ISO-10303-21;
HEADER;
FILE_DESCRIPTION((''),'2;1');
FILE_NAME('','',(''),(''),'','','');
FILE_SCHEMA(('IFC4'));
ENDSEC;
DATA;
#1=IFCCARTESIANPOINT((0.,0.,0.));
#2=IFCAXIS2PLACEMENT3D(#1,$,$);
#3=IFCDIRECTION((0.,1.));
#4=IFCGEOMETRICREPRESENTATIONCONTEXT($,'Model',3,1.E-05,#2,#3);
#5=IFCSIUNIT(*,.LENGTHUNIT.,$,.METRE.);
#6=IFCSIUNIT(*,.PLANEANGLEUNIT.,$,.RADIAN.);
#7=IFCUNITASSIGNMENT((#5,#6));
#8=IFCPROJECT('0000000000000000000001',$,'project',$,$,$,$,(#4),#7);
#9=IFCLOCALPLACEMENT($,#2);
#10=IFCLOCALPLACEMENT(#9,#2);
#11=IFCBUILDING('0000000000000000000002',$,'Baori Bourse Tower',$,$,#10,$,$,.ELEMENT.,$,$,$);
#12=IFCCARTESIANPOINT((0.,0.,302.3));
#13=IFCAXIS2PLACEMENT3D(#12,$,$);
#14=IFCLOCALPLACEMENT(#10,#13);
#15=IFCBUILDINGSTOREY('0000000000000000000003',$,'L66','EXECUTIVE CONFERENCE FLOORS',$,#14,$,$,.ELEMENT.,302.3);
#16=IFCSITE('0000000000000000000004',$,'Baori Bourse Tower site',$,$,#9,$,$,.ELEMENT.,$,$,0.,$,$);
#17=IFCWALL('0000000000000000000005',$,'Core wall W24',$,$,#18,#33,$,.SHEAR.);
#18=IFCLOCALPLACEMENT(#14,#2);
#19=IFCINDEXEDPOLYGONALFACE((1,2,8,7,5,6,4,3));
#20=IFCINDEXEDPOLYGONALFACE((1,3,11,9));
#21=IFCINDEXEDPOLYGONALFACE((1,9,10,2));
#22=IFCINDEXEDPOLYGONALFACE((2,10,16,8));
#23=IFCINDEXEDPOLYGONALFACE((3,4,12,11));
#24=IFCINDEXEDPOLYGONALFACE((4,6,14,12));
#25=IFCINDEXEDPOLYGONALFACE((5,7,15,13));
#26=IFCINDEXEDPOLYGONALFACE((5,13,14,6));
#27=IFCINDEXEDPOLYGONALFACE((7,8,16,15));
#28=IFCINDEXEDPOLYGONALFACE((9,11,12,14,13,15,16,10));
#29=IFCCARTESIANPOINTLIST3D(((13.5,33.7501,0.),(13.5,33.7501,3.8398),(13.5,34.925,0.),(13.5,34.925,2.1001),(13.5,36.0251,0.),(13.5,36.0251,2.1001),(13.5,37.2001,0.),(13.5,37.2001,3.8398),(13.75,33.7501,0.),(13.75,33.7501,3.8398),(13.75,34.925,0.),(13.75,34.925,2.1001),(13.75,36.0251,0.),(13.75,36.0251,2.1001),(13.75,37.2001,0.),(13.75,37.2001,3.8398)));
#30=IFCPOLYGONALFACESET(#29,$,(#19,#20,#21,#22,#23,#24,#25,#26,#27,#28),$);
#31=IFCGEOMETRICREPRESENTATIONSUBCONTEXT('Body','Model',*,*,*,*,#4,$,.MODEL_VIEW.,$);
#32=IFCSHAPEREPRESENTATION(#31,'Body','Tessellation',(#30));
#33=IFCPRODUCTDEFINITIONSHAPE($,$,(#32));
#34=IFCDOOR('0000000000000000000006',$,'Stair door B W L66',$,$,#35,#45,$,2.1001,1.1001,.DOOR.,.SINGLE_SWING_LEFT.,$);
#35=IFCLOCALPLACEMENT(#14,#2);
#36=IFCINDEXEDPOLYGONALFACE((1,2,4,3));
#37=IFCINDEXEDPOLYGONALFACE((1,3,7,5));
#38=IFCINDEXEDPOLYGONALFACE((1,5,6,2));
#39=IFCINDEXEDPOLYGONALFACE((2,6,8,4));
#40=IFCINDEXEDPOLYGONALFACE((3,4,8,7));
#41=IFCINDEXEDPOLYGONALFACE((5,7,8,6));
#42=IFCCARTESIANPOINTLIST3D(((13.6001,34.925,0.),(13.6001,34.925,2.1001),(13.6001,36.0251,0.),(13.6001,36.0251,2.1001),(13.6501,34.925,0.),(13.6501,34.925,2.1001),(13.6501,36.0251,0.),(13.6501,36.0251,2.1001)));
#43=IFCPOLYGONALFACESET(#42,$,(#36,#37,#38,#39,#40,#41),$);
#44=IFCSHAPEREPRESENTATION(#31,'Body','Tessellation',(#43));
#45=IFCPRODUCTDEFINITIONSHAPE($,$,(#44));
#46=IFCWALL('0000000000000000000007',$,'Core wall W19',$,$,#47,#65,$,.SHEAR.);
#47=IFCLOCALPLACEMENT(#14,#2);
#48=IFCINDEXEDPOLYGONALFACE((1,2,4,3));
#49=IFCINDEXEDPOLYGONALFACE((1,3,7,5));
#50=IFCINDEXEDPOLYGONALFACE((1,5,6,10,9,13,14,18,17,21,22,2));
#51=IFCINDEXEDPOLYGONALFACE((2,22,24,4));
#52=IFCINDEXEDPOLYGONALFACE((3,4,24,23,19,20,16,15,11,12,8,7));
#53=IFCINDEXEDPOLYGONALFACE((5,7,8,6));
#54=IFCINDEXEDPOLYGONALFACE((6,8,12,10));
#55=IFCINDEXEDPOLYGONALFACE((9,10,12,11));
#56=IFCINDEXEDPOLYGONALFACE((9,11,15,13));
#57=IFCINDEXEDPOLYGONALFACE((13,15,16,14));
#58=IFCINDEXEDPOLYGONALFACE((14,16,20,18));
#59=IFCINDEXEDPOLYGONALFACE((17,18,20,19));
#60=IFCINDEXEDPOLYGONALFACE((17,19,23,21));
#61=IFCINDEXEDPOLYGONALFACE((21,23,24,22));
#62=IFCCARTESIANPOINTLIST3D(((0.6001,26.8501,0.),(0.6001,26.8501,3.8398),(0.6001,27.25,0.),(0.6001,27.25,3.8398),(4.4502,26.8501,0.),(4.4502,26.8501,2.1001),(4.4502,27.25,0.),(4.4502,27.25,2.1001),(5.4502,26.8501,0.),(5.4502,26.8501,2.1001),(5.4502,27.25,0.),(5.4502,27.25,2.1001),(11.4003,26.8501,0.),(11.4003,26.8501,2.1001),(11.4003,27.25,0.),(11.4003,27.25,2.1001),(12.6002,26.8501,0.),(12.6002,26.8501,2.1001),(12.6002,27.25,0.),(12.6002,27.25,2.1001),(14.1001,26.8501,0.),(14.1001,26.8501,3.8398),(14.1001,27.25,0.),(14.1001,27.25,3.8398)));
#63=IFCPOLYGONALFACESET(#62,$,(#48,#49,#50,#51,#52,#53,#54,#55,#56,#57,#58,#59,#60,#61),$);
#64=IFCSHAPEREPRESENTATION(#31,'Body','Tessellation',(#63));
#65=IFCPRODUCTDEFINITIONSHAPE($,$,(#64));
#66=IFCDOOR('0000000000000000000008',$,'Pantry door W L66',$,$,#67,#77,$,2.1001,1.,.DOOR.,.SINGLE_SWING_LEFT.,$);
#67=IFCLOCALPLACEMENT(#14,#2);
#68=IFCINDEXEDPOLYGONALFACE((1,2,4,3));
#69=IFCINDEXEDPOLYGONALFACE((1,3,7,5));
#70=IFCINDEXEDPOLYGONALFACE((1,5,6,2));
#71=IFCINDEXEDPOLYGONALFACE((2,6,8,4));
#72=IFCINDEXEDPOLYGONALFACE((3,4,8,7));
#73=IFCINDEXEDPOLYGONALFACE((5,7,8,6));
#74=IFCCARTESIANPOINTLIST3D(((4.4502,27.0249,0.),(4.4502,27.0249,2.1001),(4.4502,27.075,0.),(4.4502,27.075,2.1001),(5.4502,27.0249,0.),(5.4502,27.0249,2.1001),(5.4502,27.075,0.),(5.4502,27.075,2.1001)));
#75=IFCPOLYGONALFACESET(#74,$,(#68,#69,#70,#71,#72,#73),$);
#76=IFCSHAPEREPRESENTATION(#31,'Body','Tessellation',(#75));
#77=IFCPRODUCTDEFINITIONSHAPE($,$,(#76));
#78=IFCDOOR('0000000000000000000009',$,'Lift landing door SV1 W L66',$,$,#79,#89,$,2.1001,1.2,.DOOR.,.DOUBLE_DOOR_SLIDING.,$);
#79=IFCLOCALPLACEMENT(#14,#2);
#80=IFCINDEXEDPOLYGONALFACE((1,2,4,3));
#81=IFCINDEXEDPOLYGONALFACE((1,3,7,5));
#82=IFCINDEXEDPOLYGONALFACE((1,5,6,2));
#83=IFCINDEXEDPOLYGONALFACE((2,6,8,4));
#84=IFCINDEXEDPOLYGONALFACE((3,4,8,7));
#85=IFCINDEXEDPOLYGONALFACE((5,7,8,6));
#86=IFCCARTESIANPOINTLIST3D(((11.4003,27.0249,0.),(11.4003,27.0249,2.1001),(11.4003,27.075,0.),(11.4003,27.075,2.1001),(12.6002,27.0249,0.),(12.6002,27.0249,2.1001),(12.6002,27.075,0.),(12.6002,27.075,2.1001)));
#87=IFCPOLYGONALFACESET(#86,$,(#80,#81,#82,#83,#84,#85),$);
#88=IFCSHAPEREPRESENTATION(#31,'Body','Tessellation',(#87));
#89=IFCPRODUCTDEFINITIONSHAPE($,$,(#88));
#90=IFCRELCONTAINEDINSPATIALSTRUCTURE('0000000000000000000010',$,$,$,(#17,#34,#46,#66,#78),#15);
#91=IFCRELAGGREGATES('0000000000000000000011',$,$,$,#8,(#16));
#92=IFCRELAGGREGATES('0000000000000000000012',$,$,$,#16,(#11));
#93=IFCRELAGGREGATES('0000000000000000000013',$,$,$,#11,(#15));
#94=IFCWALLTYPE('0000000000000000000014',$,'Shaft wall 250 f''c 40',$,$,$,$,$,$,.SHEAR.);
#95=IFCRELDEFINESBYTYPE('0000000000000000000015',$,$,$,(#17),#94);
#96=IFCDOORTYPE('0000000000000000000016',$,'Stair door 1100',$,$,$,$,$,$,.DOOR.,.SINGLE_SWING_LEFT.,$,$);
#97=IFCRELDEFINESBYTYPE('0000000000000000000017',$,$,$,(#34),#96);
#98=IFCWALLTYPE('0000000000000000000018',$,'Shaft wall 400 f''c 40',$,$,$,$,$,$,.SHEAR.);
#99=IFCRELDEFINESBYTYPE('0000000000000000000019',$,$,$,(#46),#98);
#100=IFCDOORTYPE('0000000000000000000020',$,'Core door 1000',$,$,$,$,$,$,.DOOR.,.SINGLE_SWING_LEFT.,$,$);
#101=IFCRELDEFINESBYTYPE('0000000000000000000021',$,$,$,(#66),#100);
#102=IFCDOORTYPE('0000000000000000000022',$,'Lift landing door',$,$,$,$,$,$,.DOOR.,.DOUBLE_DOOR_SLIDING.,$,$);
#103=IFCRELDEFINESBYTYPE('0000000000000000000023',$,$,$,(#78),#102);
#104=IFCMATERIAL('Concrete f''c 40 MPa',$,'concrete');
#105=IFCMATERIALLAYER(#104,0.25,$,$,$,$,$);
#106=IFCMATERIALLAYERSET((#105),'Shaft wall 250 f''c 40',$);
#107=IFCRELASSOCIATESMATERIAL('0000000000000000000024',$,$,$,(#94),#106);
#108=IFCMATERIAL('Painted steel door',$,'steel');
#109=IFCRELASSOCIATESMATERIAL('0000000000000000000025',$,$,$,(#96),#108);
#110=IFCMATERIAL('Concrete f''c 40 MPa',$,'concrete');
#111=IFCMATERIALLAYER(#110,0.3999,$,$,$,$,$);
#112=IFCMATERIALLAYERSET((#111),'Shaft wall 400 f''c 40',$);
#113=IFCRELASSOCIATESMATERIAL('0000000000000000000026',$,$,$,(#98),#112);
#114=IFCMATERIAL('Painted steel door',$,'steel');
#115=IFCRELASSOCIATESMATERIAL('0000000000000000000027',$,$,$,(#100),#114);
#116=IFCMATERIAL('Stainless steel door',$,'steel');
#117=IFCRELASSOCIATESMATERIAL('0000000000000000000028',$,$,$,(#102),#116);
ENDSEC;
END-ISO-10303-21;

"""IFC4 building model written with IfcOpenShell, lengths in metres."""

from ifc_helpers import new_model, si_unit, direction, frame, frame_2d, origin, place, context, subcontext, project, spatial, rectangle, extrude, material, layer, layer_set, type_object, element, fill, save


model = new_model("IFC4")

# Units and contexts
model_context = context("Model", 3, precision=1e-05, world=origin(), true_north=direction((0.0, 1.0)))
body_context = subcontext(model_context, "Body", "Model", "MODEL_VIEW")
ifc_project = project(units=[si_unit("LENGTHUNIT", "METRE"), si_unit("PLANEANGLEUNIT", "RADIAN")], contexts=[model_context])

# Site, building, storey
site_placement = place(None, origin())
site = spatial("IfcSite", under=ifc_project, at=site_placement, Name="Baori Bourse Tower site", CompositionType="ELEMENT", RefElevation=0.0)
building_placement = place(site_placement, origin())
building = spatial("IfcBuilding", under=site, at=building_placement, Name="Baori Bourse Tower", CompositionType="ELEMENT")
storey_placement = place(building_placement, frame((0.0, 0.0, 302.3)))
storey = spatial("IfcBuildingStorey", under=building, at=storey_placement, Name="L66", Description="EXECUTIVE CONFERENCE FLOORS", CompositionType="ELEMENT", Elevation=302.3)

# Wall, opening, door
ifc_material_1 = material(Name="Concrete f'c 40 MPa", Category="concrete")
ifc_layer_1 = layer(ifc_material_1, 0.25)
ifc_layer_set_1 = layer_set([ifc_layer_1], Name="Shaft wall 250 f'c 40")
wall_type_1 = type_object("IfcWallType", Name="Shaft wall 250 f'c 40", PredefinedType="SHEAR", material=ifc_layer_set_1)
wall_1_placement = place(storey_placement, frame((13.625, 33.75, 0.0), z_axis=(0.0, 0.0, 1.0), x_axis=(0.0, 1.0, 0.0)))
wall_1 = element("IfcWall", 1, at=wall_1_placement, inside=storey, type_object=wall_type_1, Name="Core wall W24", PredefinedType="SHEAR", context=body_context, shape_type="SweptSolid", body=[
    extrude(rectangle(XDim=3.45, YDim=0.25, at=frame_2d((1.7251, 0.0))), origin(), (0.0, 0.0, 1.0), 3.8398),
])
opening_1_placement = place(wall_1_placement, frame((1.175, 0.0, 0.0)))
opening_1 = element("IfcOpeningElement", 2, at=opening_1_placement, cuts=wall_1, PredefinedType="OPENING", context=body_context, shape_type="SweptSolid", body=[
    extrude(rectangle(XDim=1.1001, YDim=2.1001, at=frame_2d((0.55, 1.05))), frame((0.0, 0.135, 0.0), z_axis=(0.0, -1.0, 0.0), x_axis=(1.0, 0.0, 0.0)), (0.0, 0.0, 1.0), 0.27),
])
ifc_material_2 = material(Name="Painted steel door", Category="steel")
door_type_1 = type_object("IfcDoorType", Name="Stair door 1100", OperationType="SINGLE_SWING_LEFT", PredefinedType="DOOR", material=ifc_material_2)
door_1_placement = place(opening_1_placement, origin())
door_1 = element("IfcDoor", 3, at=door_1_placement, inside=storey, type_object=door_type_1, Name="Stair door B W L66", OperationType="SINGLE_SWING_LEFT", OverallHeight=2.1001, OverallWidth=1.1001, PredefinedType="DOOR", context=body_context, shape_type="SweptSolid", body=[
    extrude(rectangle(XDim=1.1001, YDim=2.1001, at=frame_2d((0.55, 1.05))), frame((0.0, 0.0249, 0.0), z_axis=(0.0, -1.0, 0.0), x_axis=(1.0, 0.0, 0.0)), (0.0, 0.0, 1.0), 0.05),
])
fill(opening_1, door_1)

# Wall, openings, doors
ifc_material_3 = material(Name="Concrete f'c 40 MPa", Category="concrete")
ifc_layer_2 = layer(ifc_material_3, 0.3999)
ifc_layer_set_2 = layer_set([ifc_layer_2], Name="Shaft wall 400 f'c 40")
wall_type_2 = type_object("IfcWallType", Name="Shaft wall 400 f'c 40", PredefinedType="SHEAR", material=ifc_layer_set_2)
wall_2_placement = place(storey_placement, frame((0.6001, 27.05, 0.0), z_axis=(0.0, 0.0, 1.0), x_axis=(1.0, 0.0, 0.0)))
wall_2 = element("IfcWall", 4, at=wall_2_placement, inside=storey, type_object=wall_type_2, Name="Core wall W19", PredefinedType="SHEAR", context=body_context, shape_type="SweptSolid", body=[
    extrude(rectangle(XDim=13.5, YDim=0.3999, at=frame_2d((6.75, 0.0))), origin(), (0.0, 0.0, 1.0), 3.8398),
])
opening_2_placement = place(wall_2_placement, frame((3.8501, 0.0, 0.0)))
opening_2 = element("IfcOpeningElement", 5, at=opening_2_placement, cuts=wall_2, PredefinedType="OPENING", context=body_context, shape_type="SweptSolid", body=[
    extrude(rectangle(XDim=1.0, YDim=2.1001, at=frame_2d((0.5, 1.05))), frame((0.0, 0.21, 0.0), z_axis=(0.0, -1.0, 0.0), x_axis=(1.0, 0.0, 0.0)), (0.0, 0.0, 1.0), 0.4199),
])
opening_3_placement = place(wall_2_placement, frame((10.8, 0.0, 0.0)))
opening_3 = element("IfcOpeningElement", 6, at=opening_3_placement, cuts=wall_2, PredefinedType="OPENING", context=body_context, shape_type="SweptSolid", body=[
    extrude(rectangle(XDim=1.2, YDim=2.1001, at=frame_2d((0.6001, 1.05))), frame((0.0, 0.21, 0.0), z_axis=(0.0, -1.0, 0.0), x_axis=(1.0, 0.0, 0.0)), (0.0, 0.0, 1.0), 0.4199),
])
ifc_material_4 = material(Name="Painted steel door", Category="steel")
door_type_2 = type_object("IfcDoorType", Name="Core door 1000", OperationType="SINGLE_SWING_LEFT", PredefinedType="DOOR", material=ifc_material_4)
door_2_placement = place(opening_2_placement, origin())
door_2 = element("IfcDoor", 7, at=door_2_placement, inside=storey, type_object=door_type_2, Name="Pantry door W L66", OperationType="SINGLE_SWING_LEFT", OverallHeight=2.1001, OverallWidth=1.0, PredefinedType="DOOR", context=body_context, shape_type="SweptSolid", body=[
    extrude(rectangle(XDim=1.0, YDim=2.1001, at=frame_2d((0.5, 1.05))), frame((0.0, 0.0249, 0.0), z_axis=(0.0, -1.0, 0.0), x_axis=(1.0, 0.0, 0.0)), (0.0, 0.0, 1.0), 0.05),
])
fill(opening_2, door_2)
ifc_material_5 = material(Name="Stainless steel door", Category="steel")
door_type_3 = type_object("IfcDoorType", Name="Lift landing door", OperationType="DOUBLE_DOOR_SLIDING", PredefinedType="DOOR", material=ifc_material_5)
door_3_placement = place(opening_3_placement, origin())
door_3 = element("IfcDoor", 8, at=door_3_placement, inside=storey, type_object=door_type_3, Name="Lift landing door SV1 W L66", OperationType="DOUBLE_DOOR_SLIDING", OverallHeight=2.1001, OverallWidth=1.2, PredefinedType="DOOR", context=body_context, shape_type="SweptSolid", body=[
    extrude(rectangle(XDim=1.2, YDim=2.1001, at=frame_2d((0.6001, 1.05))), frame((0.0, 0.0249, 0.0), z_axis=(0.0, -1.0, 0.0), x_axis=(1.0, 0.0, 0.0)), (0.0, 0.0, 1.0), 0.05),
])
fill(opening_3, door_3)

save(model, "model.ifc")
